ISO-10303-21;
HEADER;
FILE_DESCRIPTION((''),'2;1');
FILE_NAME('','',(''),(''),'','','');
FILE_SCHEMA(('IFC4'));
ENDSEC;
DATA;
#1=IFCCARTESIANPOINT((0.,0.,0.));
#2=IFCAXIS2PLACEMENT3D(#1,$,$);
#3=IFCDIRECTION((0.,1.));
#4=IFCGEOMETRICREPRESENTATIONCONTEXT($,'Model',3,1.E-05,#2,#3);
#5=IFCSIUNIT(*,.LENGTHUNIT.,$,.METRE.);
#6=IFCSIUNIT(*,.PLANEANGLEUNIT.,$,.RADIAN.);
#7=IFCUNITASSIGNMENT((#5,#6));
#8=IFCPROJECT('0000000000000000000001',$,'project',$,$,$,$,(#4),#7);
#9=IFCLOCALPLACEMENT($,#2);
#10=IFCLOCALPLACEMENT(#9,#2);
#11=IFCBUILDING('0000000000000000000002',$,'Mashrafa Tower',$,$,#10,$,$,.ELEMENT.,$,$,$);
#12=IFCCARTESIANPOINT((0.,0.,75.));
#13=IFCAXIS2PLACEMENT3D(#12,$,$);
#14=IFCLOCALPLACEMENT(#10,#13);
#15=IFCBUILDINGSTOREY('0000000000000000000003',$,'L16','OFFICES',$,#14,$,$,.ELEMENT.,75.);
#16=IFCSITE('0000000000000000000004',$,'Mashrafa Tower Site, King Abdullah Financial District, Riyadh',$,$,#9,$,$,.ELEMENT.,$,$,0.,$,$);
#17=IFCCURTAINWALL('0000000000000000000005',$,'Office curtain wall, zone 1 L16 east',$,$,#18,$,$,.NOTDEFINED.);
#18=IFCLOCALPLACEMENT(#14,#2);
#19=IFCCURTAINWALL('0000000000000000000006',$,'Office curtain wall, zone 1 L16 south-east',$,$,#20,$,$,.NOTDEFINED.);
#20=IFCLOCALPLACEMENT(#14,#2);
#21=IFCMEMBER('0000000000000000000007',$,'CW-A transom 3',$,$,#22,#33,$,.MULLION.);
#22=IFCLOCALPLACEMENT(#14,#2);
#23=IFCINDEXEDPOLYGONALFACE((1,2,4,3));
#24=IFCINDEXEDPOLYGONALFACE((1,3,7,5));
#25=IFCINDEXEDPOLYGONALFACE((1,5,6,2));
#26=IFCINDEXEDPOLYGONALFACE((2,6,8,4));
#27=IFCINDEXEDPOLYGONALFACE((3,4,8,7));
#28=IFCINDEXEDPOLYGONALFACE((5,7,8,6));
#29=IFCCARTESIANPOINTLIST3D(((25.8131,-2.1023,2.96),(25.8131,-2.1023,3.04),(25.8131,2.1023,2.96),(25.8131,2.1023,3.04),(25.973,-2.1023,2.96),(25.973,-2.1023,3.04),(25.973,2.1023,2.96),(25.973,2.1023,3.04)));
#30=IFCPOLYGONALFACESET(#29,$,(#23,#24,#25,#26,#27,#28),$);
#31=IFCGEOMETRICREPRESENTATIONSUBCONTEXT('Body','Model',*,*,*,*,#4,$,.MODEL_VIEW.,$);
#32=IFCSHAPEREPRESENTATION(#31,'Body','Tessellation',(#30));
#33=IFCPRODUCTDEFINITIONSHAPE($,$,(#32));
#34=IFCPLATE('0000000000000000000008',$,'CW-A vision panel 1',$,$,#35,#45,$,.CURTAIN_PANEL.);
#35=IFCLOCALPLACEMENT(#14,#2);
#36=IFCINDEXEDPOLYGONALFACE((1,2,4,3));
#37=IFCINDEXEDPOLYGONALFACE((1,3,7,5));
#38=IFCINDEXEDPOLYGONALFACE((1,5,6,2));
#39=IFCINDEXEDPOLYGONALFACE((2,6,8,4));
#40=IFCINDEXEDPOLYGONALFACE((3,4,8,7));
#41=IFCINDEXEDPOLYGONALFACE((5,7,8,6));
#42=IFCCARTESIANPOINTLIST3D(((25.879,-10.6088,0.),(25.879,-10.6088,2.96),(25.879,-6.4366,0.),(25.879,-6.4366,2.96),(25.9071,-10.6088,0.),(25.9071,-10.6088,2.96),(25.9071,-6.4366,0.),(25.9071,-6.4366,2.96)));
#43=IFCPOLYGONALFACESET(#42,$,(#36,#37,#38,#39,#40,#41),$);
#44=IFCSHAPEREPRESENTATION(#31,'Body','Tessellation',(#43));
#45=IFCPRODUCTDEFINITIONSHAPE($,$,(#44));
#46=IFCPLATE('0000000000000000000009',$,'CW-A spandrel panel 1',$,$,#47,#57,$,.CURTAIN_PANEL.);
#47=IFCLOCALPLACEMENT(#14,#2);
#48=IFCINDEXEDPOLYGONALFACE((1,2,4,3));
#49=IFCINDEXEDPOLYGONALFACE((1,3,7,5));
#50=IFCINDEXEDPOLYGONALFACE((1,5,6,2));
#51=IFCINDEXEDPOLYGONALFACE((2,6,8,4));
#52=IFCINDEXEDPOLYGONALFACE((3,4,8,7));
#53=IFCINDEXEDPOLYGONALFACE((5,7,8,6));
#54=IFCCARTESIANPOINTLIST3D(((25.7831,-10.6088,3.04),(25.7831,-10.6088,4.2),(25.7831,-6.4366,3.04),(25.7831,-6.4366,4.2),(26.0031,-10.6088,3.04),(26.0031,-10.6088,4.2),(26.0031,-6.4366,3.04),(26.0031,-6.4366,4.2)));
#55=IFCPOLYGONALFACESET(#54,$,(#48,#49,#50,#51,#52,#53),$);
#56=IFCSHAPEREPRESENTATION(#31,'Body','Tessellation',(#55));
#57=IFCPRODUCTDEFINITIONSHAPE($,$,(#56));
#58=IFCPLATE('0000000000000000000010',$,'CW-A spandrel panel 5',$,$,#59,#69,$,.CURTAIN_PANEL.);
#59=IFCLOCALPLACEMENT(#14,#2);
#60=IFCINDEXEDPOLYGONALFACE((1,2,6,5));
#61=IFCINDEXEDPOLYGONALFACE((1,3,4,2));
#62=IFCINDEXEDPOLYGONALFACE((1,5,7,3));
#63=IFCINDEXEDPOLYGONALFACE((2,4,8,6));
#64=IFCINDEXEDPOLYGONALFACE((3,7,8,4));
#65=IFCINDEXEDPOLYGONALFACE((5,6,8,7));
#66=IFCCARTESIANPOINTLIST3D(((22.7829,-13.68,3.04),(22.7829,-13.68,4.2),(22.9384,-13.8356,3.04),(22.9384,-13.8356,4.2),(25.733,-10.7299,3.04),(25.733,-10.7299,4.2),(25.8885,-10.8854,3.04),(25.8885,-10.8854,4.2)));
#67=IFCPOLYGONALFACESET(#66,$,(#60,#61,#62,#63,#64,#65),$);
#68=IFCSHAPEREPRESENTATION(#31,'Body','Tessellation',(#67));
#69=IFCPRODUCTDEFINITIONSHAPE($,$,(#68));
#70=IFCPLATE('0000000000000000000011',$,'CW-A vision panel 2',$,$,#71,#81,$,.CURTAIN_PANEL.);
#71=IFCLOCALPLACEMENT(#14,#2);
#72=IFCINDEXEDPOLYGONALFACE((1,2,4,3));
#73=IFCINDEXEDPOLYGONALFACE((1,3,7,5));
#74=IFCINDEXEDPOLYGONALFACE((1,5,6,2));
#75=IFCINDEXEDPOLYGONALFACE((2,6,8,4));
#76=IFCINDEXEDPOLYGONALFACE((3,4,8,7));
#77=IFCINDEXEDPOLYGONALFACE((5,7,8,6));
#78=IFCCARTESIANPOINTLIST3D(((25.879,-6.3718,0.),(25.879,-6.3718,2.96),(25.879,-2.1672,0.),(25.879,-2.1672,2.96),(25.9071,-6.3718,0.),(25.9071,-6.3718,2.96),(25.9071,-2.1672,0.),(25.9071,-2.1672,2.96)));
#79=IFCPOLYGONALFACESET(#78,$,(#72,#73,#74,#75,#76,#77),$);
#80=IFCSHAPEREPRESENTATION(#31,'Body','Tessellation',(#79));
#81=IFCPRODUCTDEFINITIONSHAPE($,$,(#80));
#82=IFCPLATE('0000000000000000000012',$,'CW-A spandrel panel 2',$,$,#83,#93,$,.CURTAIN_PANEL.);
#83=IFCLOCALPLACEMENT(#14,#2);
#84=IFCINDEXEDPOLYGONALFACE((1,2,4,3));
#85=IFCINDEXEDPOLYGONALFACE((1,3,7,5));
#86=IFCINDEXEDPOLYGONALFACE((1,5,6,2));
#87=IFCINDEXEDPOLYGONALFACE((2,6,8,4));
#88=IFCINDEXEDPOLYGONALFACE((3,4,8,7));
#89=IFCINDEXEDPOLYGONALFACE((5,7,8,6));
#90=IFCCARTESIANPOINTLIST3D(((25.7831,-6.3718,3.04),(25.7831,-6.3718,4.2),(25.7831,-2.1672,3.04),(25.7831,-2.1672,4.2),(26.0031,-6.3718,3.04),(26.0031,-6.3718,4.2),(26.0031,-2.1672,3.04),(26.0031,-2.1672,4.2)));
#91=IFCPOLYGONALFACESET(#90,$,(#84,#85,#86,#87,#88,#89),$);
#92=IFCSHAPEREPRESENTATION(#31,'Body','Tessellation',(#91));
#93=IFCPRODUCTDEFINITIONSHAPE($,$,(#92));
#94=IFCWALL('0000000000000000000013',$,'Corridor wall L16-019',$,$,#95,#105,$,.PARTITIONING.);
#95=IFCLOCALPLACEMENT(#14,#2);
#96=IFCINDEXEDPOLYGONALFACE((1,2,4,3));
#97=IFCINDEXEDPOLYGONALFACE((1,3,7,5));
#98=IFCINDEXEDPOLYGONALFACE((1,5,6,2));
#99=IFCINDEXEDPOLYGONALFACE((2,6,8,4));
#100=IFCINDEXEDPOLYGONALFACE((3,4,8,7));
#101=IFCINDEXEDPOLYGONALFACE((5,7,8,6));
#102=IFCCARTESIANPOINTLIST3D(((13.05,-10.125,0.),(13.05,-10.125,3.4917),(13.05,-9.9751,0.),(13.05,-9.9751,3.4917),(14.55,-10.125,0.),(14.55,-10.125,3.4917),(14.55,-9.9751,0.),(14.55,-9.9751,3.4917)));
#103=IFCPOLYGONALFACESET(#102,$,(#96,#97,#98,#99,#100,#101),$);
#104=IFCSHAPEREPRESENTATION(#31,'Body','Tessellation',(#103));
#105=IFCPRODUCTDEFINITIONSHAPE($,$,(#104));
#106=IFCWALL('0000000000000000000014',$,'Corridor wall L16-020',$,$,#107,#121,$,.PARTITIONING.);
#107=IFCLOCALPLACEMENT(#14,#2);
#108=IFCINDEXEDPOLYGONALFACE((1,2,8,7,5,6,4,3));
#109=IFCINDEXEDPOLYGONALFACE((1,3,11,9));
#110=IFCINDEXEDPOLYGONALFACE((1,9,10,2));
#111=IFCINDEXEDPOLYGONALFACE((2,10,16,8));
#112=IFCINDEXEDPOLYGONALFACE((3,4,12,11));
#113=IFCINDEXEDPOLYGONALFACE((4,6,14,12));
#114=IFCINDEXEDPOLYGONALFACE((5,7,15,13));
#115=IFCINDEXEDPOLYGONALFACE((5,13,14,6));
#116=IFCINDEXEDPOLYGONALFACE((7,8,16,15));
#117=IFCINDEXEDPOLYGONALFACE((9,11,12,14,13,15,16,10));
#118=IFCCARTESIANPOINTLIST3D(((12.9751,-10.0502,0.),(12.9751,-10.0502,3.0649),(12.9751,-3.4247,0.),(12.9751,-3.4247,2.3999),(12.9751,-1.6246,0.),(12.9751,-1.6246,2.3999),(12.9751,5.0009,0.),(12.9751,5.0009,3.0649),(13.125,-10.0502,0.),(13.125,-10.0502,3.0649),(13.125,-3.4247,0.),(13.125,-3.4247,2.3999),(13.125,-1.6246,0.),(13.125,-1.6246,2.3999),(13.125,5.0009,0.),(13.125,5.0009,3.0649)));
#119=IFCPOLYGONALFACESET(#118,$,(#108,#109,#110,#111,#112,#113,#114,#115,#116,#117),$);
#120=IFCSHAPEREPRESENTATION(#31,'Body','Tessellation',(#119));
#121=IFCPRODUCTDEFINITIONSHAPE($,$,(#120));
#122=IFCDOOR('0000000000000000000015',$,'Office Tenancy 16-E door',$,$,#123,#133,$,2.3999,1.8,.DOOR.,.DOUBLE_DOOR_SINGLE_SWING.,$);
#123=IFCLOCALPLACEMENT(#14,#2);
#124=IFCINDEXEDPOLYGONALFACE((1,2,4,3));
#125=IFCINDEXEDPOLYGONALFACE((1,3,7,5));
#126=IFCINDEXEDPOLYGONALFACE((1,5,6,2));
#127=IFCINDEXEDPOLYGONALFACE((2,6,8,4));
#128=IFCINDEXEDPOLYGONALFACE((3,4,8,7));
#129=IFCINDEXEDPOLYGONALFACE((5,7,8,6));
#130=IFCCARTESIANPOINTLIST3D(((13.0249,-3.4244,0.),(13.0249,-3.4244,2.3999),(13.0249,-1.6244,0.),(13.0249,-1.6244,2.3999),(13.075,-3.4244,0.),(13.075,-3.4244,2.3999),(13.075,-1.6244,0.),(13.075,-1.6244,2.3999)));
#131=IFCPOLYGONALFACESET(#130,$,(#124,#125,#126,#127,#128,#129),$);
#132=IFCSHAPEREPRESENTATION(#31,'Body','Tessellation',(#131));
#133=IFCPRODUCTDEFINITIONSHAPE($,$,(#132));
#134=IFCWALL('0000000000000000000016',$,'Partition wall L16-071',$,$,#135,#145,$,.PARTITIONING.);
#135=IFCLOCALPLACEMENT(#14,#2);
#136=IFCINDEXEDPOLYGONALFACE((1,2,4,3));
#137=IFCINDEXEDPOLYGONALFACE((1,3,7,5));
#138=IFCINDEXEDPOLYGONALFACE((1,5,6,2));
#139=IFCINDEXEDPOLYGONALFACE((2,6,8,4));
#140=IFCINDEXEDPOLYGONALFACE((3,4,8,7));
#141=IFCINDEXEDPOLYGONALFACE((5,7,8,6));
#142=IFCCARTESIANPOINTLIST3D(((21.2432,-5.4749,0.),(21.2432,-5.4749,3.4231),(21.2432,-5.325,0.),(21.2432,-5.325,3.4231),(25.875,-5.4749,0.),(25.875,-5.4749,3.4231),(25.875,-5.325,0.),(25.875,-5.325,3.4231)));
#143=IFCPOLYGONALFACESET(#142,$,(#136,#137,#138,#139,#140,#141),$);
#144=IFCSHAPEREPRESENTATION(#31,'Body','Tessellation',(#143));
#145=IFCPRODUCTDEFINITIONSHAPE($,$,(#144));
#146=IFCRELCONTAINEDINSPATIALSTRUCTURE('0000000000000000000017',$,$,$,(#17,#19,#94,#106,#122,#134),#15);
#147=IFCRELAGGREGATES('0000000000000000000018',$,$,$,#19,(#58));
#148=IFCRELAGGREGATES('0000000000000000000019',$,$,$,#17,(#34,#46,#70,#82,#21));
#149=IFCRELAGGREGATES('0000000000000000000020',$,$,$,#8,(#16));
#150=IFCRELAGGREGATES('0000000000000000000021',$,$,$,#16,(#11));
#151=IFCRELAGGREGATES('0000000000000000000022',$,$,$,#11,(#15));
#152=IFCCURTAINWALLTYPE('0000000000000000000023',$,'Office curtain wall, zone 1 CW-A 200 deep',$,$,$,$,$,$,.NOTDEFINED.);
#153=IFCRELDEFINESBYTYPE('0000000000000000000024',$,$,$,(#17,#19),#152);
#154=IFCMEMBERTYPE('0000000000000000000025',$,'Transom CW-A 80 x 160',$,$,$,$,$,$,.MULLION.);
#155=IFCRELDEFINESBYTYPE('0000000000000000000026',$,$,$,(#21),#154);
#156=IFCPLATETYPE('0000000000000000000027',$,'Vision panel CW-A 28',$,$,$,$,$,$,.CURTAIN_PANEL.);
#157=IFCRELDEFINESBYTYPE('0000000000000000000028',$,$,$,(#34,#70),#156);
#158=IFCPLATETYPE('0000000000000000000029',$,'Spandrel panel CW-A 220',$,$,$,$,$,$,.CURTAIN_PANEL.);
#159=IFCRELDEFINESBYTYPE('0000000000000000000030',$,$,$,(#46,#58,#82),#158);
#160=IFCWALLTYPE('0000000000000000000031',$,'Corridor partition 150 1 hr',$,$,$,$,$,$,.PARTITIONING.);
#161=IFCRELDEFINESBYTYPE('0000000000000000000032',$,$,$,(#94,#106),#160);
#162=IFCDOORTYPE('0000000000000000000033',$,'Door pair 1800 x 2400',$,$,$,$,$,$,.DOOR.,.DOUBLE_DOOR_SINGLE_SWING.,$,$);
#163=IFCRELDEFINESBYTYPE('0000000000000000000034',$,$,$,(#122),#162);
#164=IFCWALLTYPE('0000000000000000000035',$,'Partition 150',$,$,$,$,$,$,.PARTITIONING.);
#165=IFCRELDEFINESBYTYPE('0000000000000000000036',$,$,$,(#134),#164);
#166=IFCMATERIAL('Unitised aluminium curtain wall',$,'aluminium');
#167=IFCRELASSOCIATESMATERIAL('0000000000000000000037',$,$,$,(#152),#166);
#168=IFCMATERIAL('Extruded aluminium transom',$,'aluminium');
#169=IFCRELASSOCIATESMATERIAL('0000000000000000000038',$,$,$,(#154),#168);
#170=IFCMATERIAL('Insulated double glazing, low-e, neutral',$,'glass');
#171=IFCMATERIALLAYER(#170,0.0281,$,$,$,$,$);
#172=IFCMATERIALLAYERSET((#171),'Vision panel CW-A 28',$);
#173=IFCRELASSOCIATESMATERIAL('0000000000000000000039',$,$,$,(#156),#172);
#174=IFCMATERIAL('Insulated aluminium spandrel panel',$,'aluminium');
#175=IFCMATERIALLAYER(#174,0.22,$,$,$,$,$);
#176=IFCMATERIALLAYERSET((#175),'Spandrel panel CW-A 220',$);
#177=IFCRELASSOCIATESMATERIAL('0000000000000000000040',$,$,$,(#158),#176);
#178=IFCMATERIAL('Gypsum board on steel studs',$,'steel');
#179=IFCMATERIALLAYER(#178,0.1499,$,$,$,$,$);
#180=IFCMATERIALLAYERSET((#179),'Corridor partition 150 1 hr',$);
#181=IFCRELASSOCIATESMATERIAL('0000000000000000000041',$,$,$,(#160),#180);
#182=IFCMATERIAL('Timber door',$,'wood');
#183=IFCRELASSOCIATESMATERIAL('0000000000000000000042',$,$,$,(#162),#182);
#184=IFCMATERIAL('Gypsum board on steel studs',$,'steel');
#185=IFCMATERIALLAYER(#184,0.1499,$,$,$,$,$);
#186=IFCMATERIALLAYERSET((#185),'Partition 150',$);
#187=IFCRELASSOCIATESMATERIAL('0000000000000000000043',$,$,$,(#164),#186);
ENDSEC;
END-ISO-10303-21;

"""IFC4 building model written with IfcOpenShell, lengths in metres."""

from ifc_helpers import new_model, si_unit, direction, frame, frame_2d, origin, origin_2d, place, context, subcontext, project, spatial, rectangle, extrude, source, transform, mapped, material, layer, layer_set, material_profile, profile_set, type_object, type_shapes, element, fill, aggregate, save


model = new_model("IFC4")

# Units and contexts
model_context = context("Model", 3, precision=1e-05, world=origin(), true_north=direction((0.0, 1.0)))
body_context = subcontext(model_context, "Body", "Model", "MODEL_VIEW")
ifc_project = project(units=[si_unit("LENGTHUNIT", "METRE"), si_unit("PLANEANGLEUNIT", "RADIAN")], contexts=[model_context])

# Site, building, storey
site_placement = place(None, origin())
site = spatial("IfcSite", under=ifc_project, at=site_placement, Name="Mashrafa Tower Site, King Abdullah Financial District, Riyadh", CompositionType="ELEMENT", RefElevation=0.0)
building_placement = place(site_placement, origin())
building = spatial("IfcBuilding", under=site, at=building_placement, Name="Mashrafa Tower", CompositionType="ELEMENT")
storey_placement = place(building_placement, frame((0.0, 0.0, 75.0)))
storey = spatial("IfcBuildingStorey", under=building, at=storey_placement, Name="L16", Description="OFFICES", CompositionType="ELEMENT", Elevation=75.0)

# Curtain wall
ifc_material_1 = material(Name="Unitised aluminium curtain wall", Category="aluminium")
curtain_wall_type = type_object("IfcCurtainWallType", Name="Office curtain wall, zone 1 CW-A 200 deep", PredefinedType="NOTDEFINED", material=ifc_material_1)
curtain_wall_1_placement = place(storey_placement, origin())
curtain_wall_1 = element("IfcCurtainWall", 1, at=curtain_wall_1_placement, inside=storey, type_object=curtain_wall_type, Name="Office curtain wall, zone 1 L16 east", PredefinedType="NOTDEFINED")

# Curtain wall
curtain_wall_2_placement = place(storey_placement, origin())
curtain_wall_2 = element("IfcCurtainWall", 2, at=curtain_wall_2_placement, inside=storey, type_object=curtain_wall_type, Name="Office curtain wall, zone 1 L16 south-east", PredefinedType="NOTDEFINED")

# Member
ifc_material_2 = material(Name="Extruded aluminium transom", Category="aluminium")
ifc_material_profile_1 = material_profile(ifc_material_2, rectangle(XDim=0.1599, YDim=0.0801, at=origin_2d()), Name="Transom 80x160")
ifc_profile_set_1 = profile_set([ifc_material_profile_1], Name="Extruded aluminium transom")
member_type_1 = type_object("IfcMemberType", Name="Transom CW-A 80 x 160", PredefinedType="MULLION", material=ifc_profile_set_1)
shared_shape_1 = source(origin(), body_context, "Body", "SweptSolid", [
    extrude(rectangle(XDim=0.1599, YDim=0.0801, at=origin_2d()), origin(), (0.0, 0.0, 1.0), 4.2046),
])
member_1_placement = place(storey_placement, frame((25.8931, -2.1023, 3.0), z_axis=(0.0, 1.0, 0.0), x_axis=(-1.0, 0.0, 0.0)))
member_1 = element("IfcMember", 3, at=member_1_placement, type_object=member_type_1, Name="CW-A transom 3", PredefinedType="MULLION", context=body_context, shape_type="MappedRepresentation", body=[
    mapped(shared_shape_1, transform((0.0, 0.0, 0.0))),
])

# Plates
ifc_material_3 = material(Name="Insulated double glazing, low-e, neutral", Category="glass")
ifc_layer_1 = layer(ifc_material_3, 0.0281)
ifc_layer_set_1 = layer_set([ifc_layer_1], Name="Vision panel CW-A 28")
plate_type_1 = type_object("IfcPlateType", Name="Vision panel CW-A 28", PredefinedType="CURTAIN_PANEL", material=ifc_layer_set_1)
shared_shape_2 = source(origin(), body_context, "Body", "SweptSolid", [
    extrude(rectangle(XDim=4.1721, YDim=0.0281, at=origin_2d()), origin(), (0.0, 0.0, 1.0), 2.96),
])
plate_1_placement = place(storey_placement, frame((25.8931, -8.5227, 0.0), z_axis=(0.0, 0.0, 1.0), x_axis=(0.0, 1.0, 0.0)))
plate_1 = element("IfcPlate", 4, at=plate_1_placement, type_object=plate_type_1, Name="CW-A vision panel 1", PredefinedType="CURTAIN_PANEL", context=body_context, shape_type="MappedRepresentation", body=[
    mapped(shared_shape_2, transform((0.0, 0.0, 0.0))),
])
ifc_material_4 = material(Name="Insulated aluminium spandrel panel", Category="aluminium")
ifc_layer_2 = layer(ifc_material_4, 0.22)
ifc_layer_set_2 = layer_set([ifc_layer_2], Name="Spandrel panel CW-A 220")
plate_type_2 = type_object("IfcPlateType", Name="Spandrel panel CW-A 220", PredefinedType="CURTAIN_PANEL", material=ifc_layer_set_2)
shared_shape_3 = source(origin(), body_context, "Body", "SweptSolid", [
    extrude(rectangle(XDim=4.1721, YDim=0.22, at=origin_2d()), origin(), (0.0, 0.0, 1.0), 1.1599),
])
plate_2_placement = place(storey_placement, frame((25.8931, -8.5227, 3.04), z_axis=(0.0, 0.0, 1.0), x_axis=(0.0, 1.0, 0.0)))
plate_2 = element("IfcPlate", 5, at=plate_2_placement, type_object=plate_type_2, Name="CW-A spandrel panel 1", PredefinedType="CURTAIN_PANEL", context=body_context, shape_type="MappedRepresentation", body=[
    mapped(shared_shape_3, transform((0.0, 0.0, 0.0))),
])
plate_3_placement = place(storey_placement, frame((24.3357, -12.2827, 3.04), z_axis=(0.0, 0.0, 1.0), x_axis=(0.707107, 0.707107, 0.0)))
plate_3 = element("IfcPlate", 6, at=plate_3_placement, type_object=plate_type_2, Name="CW-A spandrel panel 5", PredefinedType="CURTAIN_PANEL", context=body_context, shape_type="MappedRepresentation", body=[
    mapped(shared_shape_3, transform((0.0, 0.0, 0.0))),
])
aggregate(curtain_wall_2, [plate_3])
shared_shape_4 = source(origin(), body_context, "Body", "SweptSolid", [
    extrude(rectangle(XDim=4.2046, YDim=0.0281, at=origin_2d()), origin(), (0.0, 0.0, 1.0), 2.96),
])
type_shapes(plate_type_1, [shared_shape_2, shared_shape_4])
plate_4_placement = place(storey_placement, frame((25.8931, -4.2695, 0.0), z_axis=(0.0, 0.0, 1.0), x_axis=(0.0, 1.0, 0.0)))
plate_4 = element("IfcPlate", 7, at=plate_4_placement, type_object=plate_type_1, Name="CW-A vision panel 2", PredefinedType="CURTAIN_PANEL", context=body_context, shape_type="MappedRepresentation", body=[
    mapped(shared_shape_4, transform((0.0, 0.0, 0.0))),
])
shared_shape_5 = source(origin(), body_context, "Body", "SweptSolid", [
    extrude(rectangle(XDim=4.2046, YDim=0.22, at=origin_2d()), origin(), (0.0, 0.0, 1.0), 1.1599),
])
type_shapes(plate_type_2, [shared_shape_3, shared_shape_5])
plate_5_placement = place(storey_placement, frame((25.8931, -4.2695, 3.04), z_axis=(0.0, 0.0, 1.0), x_axis=(0.0, 1.0, 0.0)))
plate_5 = element("IfcPlate", 8, at=plate_5_placement, type_object=plate_type_2, Name="CW-A spandrel panel 2", PredefinedType="CURTAIN_PANEL", context=body_context, shape_type="MappedRepresentation", body=[
    mapped(shared_shape_5, transform((0.0, 0.0, 0.0))),
])
aggregate(curtain_wall_1, [plate_1, plate_2, plate_4, plate_5, member_1])

# Wall
ifc_material_5 = material(Name="Gypsum board on steel studs", Category="steel")
ifc_layer_3 = layer(ifc_material_5, 0.1499)
ifc_layer_set_3 = layer_set([ifc_layer_3], Name="Corridor partition 150 1 hr")
wall_type_1 = type_object("IfcWallType", Name="Corridor partition 150 1 hr", PredefinedType="PARTITIONING", material=ifc_layer_set_3)
wall_1_placement = place(storey_placement, frame((14.55, -10.05, 0.0), z_axis=(0.0, 0.0, 1.0), x_axis=(-1.0, 0.0, 0.0)))
element("IfcWall", 9, at=wall_1_placement, inside=storey, type_object=wall_type_1, Name="Corridor wall L16-019", PredefinedType="PARTITIONING", context=body_context, shape_type="SweptSolid", body=[
    extrude(rectangle(XDim=1.5, YDim=0.1499, at=frame_2d((0.75, 0.0))), origin(), (0.0, 0.0, 1.0), 3.4917),
])

# Wall, opening, door
wall_2_placement = place(storey_placement, frame((13.05, -10.05, 0.0), z_axis=(0.0, 0.0, 1.0), x_axis=(0.0, 1.0, 0.0)))
wall_2 = element("IfcWall", 10, at=wall_2_placement, inside=storey, type_object=wall_type_1, Name="Corridor wall L16-020", PredefinedType="PARTITIONING", context=body_context, shape_type="SweptSolid", body=[
    extrude(rectangle(XDim=15.051, YDim=0.1499, at=frame_2d((7.5254, 0.0))), origin(), (0.0, 0.0, 1.0), 3.0649),
])
opening_1_placement = place(wall_2_placement, frame((6.6255, 0.0, 0.0)))
opening_1 = element("IfcOpeningElement", 11, at=opening_1_placement, cuts=wall_2, PredefinedType="OPENING", context=body_context, shape_type="SweptSolid", body=[
    extrude(rectangle(XDim=1.8, YDim=2.3999, at=frame_2d((0.8999, 1.2))), frame((0.0, 0.085, 0.0), z_axis=(0.0, -1.0, 0.0), x_axis=(1.0, 0.0, 0.0)), (0.0, 0.0, 1.0), 0.1699),
])
ifc_material_6 = material(Name="Timber door", Category="wood")
door_type_1 = type_object("IfcDoorType", Name="Door pair 1800 x 2400", OperationType="DOUBLE_DOOR_SINGLE_SWING", PredefinedType="DOOR", material=ifc_material_6)
door_1_placement = place(opening_1_placement, frame((1.8, 0.0, 0.0), z_axis=(0.0, 0.0, 1.0), x_axis=(-1.0, 0.0, 0.0)))
door_1 = element("IfcDoor", 12, at=door_1_placement, inside=storey, type_object=door_type_1, Name="Office Tenancy 16-E door", OperationType="DOUBLE_DOOR_SINGLE_SWING", OverallHeight=2.3999, OverallWidth=1.8, PredefinedType="DOOR", context=body_context, shape_type="SweptSolid", body=[
    extrude(rectangle(XDim=1.8, YDim=2.3999, at=frame_2d((0.8999, 1.2))), frame((0.0, 0.0249, 0.0), z_axis=(0.0, -1.0, 0.0), x_axis=(1.0, 0.0, 0.0)), (0.0, 0.0, 1.0), 0.05),
])
fill(opening_1, door_1)

# Wall
ifc_material_7 = material(Name="Gypsum board on steel studs", Category="steel")
ifc_layer_4 = layer(ifc_material_7, 0.1499)
ifc_layer_set_4 = layer_set([ifc_layer_4], Name="Partition 150")
wall_type_2 = type_object("IfcWallType", Name="Partition 150", PredefinedType="PARTITIONING", material=ifc_layer_set_4)
wall_3_placement = place(storey_placement, frame((25.875, -5.3999, 0.0), z_axis=(0.0, 0.0, 1.0), x_axis=(-1.0, 0.0, 0.0)))
element("IfcWall", 13, at=wall_3_placement, inside=storey, type_object=wall_type_2, Name="Partition wall L16-071", PredefinedType="PARTITIONING", context=body_context, shape_type="SweptSolid", body=[
    extrude(rectangle(XDim=4.6318, YDim=0.1499, at=frame_2d((2.3159, 0.0))), origin(), (0.0, 0.0, 1.0), 3.4231),
])

save(model, "model.ifc")
